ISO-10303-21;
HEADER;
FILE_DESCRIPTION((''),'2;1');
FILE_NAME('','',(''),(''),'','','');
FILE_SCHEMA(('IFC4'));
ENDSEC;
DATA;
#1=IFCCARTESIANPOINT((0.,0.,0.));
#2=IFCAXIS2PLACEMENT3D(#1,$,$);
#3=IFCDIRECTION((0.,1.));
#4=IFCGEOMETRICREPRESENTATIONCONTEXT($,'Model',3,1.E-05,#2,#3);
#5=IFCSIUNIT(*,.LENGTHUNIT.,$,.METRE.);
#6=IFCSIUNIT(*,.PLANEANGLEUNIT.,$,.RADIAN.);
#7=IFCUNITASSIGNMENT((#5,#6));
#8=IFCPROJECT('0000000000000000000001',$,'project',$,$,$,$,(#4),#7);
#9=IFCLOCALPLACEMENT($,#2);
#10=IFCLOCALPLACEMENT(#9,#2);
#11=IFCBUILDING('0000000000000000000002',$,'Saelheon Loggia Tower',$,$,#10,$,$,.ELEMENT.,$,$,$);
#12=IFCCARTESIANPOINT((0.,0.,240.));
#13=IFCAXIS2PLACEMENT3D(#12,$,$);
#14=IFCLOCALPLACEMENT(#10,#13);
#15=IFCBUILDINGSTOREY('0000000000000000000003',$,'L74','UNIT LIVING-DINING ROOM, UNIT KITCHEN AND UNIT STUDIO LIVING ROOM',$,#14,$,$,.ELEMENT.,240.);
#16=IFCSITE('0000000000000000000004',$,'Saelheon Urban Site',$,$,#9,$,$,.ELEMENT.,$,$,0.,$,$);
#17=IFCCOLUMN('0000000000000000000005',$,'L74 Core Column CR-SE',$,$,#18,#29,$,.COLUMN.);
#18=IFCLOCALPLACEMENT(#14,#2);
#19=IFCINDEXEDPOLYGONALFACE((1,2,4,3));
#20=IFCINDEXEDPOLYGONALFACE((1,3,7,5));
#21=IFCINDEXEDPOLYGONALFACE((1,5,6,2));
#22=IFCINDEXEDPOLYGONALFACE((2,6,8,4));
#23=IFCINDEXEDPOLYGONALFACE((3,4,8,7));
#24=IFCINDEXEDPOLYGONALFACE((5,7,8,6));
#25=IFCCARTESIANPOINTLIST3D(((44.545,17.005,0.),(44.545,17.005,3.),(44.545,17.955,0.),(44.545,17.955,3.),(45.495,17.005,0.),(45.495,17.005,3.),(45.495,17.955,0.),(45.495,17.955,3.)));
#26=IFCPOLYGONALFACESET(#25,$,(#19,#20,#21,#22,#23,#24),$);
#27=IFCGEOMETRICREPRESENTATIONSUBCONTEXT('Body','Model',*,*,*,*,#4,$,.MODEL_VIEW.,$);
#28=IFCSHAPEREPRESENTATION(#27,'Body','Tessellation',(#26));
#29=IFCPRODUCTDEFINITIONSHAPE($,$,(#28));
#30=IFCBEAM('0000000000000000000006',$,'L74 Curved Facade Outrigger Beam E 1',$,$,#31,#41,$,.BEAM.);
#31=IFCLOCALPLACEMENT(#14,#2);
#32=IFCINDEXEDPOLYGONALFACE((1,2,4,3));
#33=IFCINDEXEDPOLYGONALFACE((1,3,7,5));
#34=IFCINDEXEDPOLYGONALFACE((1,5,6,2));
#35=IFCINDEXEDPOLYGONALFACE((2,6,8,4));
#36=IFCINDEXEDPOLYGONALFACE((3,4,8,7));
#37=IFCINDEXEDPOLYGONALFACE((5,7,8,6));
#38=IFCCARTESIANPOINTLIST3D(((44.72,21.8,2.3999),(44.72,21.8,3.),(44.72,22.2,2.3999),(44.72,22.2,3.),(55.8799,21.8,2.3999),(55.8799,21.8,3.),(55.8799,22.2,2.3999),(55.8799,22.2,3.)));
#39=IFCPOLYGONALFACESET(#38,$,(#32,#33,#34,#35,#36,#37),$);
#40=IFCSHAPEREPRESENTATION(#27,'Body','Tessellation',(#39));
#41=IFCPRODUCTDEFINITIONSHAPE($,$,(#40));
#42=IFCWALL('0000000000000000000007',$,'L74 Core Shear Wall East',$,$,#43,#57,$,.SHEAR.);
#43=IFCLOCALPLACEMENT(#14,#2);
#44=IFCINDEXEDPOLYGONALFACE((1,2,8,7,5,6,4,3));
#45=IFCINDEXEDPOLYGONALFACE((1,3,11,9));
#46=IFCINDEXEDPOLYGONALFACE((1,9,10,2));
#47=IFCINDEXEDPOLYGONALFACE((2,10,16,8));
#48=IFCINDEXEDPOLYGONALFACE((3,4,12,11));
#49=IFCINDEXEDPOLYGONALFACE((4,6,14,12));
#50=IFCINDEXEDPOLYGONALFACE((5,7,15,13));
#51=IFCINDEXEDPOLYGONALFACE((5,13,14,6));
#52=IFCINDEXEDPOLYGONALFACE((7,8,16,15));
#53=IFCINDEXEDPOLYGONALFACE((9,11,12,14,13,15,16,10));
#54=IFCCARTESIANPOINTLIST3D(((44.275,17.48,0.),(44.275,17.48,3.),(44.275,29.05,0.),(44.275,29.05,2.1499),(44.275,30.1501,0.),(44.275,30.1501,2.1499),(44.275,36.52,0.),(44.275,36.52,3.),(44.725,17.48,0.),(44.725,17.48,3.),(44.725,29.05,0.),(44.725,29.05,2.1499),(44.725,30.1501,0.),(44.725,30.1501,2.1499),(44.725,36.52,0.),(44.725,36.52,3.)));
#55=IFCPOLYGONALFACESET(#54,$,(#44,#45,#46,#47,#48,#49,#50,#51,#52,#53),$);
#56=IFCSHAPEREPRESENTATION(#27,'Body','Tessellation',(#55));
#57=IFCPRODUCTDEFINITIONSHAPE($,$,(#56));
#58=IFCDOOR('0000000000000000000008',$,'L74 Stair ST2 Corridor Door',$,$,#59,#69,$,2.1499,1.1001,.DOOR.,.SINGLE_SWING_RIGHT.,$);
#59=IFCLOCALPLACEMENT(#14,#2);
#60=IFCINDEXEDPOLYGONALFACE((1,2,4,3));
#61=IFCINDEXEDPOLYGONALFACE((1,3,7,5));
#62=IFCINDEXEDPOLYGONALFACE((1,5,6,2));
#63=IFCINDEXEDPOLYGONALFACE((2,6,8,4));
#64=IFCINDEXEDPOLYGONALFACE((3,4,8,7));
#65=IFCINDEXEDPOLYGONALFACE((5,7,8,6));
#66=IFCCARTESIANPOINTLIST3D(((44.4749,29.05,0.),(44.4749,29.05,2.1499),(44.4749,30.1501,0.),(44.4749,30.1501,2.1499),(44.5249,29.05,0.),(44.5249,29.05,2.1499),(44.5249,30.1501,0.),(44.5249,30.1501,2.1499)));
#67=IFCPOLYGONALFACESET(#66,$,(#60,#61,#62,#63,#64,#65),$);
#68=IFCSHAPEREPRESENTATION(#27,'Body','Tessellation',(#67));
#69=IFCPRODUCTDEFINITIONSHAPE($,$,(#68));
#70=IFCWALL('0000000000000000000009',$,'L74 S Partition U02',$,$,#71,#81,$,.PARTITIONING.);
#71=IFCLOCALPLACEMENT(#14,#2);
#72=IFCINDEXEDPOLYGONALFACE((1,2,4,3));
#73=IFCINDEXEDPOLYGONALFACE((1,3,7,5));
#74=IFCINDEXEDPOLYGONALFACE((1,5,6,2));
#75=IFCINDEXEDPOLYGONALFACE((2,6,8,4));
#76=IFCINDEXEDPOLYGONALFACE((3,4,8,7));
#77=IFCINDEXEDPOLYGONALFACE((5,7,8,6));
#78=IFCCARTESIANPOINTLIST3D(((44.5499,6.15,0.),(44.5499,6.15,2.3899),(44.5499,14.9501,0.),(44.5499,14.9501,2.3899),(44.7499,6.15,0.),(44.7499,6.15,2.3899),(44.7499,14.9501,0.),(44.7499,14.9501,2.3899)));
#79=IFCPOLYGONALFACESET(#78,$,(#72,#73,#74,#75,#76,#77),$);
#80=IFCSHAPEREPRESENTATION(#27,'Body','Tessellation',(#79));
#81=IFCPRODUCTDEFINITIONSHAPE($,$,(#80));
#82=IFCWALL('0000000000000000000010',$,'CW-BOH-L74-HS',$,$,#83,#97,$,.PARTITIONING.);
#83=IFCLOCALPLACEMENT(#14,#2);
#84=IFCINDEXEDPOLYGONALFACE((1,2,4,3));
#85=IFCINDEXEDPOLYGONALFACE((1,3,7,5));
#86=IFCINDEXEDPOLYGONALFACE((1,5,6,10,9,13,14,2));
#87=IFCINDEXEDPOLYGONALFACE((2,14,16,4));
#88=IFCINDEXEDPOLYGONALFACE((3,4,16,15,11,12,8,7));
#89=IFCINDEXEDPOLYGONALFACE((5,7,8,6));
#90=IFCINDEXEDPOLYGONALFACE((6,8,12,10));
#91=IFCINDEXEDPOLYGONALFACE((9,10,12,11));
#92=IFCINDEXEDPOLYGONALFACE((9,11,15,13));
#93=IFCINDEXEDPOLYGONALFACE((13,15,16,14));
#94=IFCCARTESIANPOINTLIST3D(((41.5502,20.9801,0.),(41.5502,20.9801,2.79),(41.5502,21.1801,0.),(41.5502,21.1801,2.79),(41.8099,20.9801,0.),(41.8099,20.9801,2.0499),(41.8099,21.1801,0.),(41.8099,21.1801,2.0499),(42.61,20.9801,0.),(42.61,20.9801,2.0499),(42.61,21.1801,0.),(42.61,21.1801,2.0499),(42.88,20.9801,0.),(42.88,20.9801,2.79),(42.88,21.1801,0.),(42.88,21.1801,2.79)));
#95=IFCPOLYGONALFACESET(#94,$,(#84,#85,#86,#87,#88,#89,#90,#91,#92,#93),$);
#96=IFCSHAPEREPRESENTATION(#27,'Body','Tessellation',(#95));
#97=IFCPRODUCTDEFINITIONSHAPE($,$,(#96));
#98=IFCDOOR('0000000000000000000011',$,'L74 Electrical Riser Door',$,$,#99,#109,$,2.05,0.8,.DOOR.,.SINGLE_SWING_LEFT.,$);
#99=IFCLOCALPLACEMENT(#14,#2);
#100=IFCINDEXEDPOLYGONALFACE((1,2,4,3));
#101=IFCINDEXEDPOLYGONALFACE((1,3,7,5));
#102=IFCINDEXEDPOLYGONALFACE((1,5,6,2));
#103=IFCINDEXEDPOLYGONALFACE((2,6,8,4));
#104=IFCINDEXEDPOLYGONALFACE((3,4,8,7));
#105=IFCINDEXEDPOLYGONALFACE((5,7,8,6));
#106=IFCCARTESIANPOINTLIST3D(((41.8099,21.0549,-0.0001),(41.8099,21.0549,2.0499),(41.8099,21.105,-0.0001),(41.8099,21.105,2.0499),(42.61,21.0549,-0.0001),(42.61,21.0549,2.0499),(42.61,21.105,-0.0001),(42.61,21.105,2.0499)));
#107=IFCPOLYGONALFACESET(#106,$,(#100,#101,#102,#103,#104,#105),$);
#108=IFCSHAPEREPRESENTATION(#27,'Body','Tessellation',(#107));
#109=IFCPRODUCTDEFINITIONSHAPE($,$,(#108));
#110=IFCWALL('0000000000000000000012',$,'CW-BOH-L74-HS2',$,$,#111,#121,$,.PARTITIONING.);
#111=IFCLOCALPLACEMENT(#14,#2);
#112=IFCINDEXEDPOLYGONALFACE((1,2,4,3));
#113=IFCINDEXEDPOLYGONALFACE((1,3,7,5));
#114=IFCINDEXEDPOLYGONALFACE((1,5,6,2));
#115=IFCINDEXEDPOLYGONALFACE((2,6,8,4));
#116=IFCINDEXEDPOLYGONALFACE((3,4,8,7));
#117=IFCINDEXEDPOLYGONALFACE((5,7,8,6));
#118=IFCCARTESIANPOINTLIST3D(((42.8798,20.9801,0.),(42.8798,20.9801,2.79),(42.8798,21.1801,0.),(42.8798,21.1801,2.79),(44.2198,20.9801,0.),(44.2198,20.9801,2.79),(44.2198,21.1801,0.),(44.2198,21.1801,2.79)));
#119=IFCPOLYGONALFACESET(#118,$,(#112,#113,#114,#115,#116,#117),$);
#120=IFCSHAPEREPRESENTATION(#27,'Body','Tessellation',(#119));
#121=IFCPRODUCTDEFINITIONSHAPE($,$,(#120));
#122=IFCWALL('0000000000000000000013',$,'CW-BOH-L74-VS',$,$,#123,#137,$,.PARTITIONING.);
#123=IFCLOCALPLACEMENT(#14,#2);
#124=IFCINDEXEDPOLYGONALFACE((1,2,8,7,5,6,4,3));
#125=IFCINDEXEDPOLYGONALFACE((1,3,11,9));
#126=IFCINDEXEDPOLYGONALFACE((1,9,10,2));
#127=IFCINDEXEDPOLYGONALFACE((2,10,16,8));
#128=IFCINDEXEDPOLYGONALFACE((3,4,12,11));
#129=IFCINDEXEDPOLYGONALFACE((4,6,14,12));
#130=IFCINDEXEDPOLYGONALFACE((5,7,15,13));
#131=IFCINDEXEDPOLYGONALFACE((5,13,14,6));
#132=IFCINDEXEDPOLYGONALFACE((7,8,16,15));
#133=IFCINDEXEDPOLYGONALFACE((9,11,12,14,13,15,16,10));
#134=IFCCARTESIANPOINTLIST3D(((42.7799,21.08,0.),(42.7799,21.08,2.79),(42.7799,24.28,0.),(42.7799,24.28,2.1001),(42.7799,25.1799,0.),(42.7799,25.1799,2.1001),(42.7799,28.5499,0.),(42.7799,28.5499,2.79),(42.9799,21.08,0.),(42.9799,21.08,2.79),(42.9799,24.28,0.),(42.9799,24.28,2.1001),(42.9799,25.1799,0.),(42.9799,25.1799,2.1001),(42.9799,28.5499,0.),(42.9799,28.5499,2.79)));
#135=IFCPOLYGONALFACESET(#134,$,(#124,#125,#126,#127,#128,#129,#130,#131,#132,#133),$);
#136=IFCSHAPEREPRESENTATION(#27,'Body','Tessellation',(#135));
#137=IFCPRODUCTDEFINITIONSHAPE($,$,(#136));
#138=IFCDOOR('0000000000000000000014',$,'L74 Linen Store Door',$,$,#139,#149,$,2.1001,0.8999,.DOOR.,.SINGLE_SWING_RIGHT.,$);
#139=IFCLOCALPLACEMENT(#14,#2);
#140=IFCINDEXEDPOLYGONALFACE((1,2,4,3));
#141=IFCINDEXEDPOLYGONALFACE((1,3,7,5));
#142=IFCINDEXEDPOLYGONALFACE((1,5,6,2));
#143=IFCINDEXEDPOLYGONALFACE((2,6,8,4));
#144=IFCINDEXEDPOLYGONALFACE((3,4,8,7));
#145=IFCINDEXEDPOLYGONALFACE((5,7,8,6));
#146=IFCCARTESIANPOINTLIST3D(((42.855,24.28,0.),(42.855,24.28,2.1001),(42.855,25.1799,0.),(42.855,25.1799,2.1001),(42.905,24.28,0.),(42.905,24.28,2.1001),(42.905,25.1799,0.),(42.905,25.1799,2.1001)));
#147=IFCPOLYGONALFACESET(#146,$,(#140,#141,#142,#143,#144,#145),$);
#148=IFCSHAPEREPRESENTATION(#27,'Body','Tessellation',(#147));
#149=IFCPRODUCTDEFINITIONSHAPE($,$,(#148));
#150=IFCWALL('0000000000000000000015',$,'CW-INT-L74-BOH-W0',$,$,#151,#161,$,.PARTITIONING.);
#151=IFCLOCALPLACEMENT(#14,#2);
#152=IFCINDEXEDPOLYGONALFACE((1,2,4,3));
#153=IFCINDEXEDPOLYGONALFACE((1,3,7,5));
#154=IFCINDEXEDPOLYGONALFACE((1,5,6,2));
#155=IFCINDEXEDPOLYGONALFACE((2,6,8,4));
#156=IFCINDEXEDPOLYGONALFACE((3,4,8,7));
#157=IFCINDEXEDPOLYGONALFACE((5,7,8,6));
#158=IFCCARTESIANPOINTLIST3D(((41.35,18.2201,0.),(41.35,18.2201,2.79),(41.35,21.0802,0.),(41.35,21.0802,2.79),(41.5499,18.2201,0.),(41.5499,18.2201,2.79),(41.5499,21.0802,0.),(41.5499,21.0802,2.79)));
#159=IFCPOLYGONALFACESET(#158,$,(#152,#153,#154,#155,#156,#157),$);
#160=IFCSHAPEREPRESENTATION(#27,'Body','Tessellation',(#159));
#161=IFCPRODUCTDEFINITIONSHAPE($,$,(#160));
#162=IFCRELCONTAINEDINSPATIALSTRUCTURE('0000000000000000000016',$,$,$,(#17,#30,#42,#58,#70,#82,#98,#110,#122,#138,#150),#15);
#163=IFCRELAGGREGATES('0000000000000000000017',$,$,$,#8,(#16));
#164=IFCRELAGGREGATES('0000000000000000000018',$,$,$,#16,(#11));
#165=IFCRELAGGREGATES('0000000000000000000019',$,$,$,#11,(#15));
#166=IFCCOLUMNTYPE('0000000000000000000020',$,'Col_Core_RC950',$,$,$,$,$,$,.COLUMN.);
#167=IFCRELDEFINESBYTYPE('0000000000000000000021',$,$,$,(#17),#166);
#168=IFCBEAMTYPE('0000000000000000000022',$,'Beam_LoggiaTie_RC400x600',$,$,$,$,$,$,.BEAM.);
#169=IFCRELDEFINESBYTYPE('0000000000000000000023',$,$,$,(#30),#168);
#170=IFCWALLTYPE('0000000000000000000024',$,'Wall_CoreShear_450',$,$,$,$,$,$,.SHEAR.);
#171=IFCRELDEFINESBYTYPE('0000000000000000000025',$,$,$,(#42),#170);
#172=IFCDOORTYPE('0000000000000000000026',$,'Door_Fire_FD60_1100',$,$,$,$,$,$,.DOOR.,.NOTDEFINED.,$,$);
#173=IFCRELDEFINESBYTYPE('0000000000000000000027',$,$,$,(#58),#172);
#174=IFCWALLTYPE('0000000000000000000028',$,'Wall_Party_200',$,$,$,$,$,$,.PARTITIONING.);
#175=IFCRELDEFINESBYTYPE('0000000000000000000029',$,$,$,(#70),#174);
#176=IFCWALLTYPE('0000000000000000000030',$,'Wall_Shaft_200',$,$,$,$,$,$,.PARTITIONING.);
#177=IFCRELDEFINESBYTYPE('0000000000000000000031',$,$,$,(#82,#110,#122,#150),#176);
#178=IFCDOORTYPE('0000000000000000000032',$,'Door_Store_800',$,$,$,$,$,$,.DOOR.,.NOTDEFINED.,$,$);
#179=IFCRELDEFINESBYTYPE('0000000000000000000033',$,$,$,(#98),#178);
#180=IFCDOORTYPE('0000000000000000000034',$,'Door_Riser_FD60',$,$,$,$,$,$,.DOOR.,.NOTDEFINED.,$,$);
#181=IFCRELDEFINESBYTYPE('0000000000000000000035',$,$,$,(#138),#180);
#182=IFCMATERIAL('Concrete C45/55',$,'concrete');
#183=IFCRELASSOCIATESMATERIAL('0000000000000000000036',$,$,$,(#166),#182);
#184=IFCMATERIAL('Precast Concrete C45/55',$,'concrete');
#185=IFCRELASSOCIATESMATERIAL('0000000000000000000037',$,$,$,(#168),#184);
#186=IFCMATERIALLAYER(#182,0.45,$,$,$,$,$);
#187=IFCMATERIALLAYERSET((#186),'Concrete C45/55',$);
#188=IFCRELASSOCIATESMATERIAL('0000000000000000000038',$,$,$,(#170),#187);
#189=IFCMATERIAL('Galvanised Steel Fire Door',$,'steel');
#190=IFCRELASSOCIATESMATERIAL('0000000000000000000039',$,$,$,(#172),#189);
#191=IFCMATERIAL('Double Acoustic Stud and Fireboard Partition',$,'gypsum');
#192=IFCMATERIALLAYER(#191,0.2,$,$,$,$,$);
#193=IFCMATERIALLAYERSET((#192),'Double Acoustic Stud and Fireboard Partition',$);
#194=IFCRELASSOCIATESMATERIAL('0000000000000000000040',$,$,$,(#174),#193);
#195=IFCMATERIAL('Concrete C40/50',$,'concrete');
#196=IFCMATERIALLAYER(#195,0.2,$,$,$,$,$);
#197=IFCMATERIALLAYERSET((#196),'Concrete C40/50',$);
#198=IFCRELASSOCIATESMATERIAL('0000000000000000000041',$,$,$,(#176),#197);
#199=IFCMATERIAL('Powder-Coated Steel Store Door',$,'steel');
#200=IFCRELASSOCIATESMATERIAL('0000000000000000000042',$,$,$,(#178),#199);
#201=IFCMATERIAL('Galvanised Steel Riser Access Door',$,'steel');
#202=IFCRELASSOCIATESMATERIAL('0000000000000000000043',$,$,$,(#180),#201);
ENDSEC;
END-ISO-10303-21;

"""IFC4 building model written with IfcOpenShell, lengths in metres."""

from ifc_helpers import new_model, si_unit, direction, frame, frame_2d, origin, origin_2d, place, context, subcontext, project, spatial, rectangle, extrude, source, transform, mapped, material, layer, layer_set, material_profile, profile_set, type_object, element, fill, save


model = new_model("IFC4")

# Units and contexts
model_context = context("Model", 3, precision=1e-05, world=origin(), true_north=direction((0.0, 1.0)))
body_context = subcontext(model_context, "Body", "Model", "MODEL_VIEW")
ifc_project = project(units=[si_unit("LENGTHUNIT", "METRE"), si_unit("PLANEANGLEUNIT", "RADIAN")], contexts=[model_context])

# Site, building, storey
site_placement = place(None, origin())
site = spatial("IfcSite", under=ifc_project, at=site_placement, Name="Saelheon Urban Site", CompositionType="ELEMENT", RefElevation=0.0)
building_placement = place(site_placement, origin())
building = spatial("IfcBuilding", under=site, at=building_placement, Name="Saelheon Loggia Tower", CompositionType="ELEMENT")
storey_placement = place(building_placement, frame((0.0, 0.0, 240.0)))
storey = spatial("IfcBuildingStorey", under=building, at=storey_placement, Name="L74", Description="UNIT LIVING-DINING ROOM, UNIT KITCHEN AND UNIT STUDIO LIVING ROOM", CompositionType="ELEMENT", Elevation=240.0)

# Column
ifc_material_1 = material(Name="Concrete C45/55", Category="concrete")
ifc_material_profile_1 = material_profile(ifc_material_1, rectangle(XDim=0.95, YDim=0.95, at=origin_2d()), Name="RC-950x950")
ifc_profile_set_1 = profile_set([ifc_material_profile_1], Name="Concrete C45/55")
column_type = type_object("IfcColumnType", Name="Col_Core_RC950", PredefinedType="COLUMN", material=ifc_profile_set_1)
shared_shape_1 = source(origin(), body_context, "Body", "SweptSolid", [
    extrude(rectangle(XDim=0.95, YDim=0.95, at=origin_2d()), origin(), (0.0, 0.0, 1.0), 3.0),
])
column_placement = place(storey_placement, frame((45.02, 17.48, 0.0), z_axis=(0.0, 0.0, 1.0), x_axis=(1.0, 0.0, 0.0)))
element("IfcColumn", 1, at=column_placement, inside=storey, type_object=column_type, Name="L74 Core Column CR-SE", PredefinedType="COLUMN", context=body_context, shape_type="MappedRepresentation", body=[
    mapped(shared_shape_1, transform((0.0, 0.0, 0.0), scale=1.0)),
])

# Beam
ifc_material_2 = material(Name="Precast Concrete C45/55", Category="concrete")
ifc_material_profile_2 = material_profile(ifc_material_2, rectangle(XDim=0.3999, YDim=0.6001, at=origin_2d()), Name="RC-400x600")
ifc_profile_set_2 = profile_set([ifc_material_profile_2], Name="Precast Concrete C45/55")
beam_type = type_object("IfcBeamType", Name="Beam_LoggiaTie_RC400x600", PredefinedType="BEAM", material=ifc_profile_set_2)
shared_shape_2 = source(origin(), body_context, "Body", "SweptSolid", [
    extrude(rectangle(XDim=0.3999, YDim=0.6001, at=origin_2d()), origin(), (0.0, 0.0, 1.0), 11.1599),
])
beam_placement = place(storey_placement, frame((44.72, 22.0, 2.7), z_axis=(1.0, 0.0, 0.0), x_axis=(0.0, 1.0, 0.0)))
element("IfcBeam", 2, at=beam_placement, inside=storey, type_object=beam_type, Name="L74 Curved Facade Outrigger Beam E 1", PredefinedType="BEAM", context=body_context, shape_type="MappedRepresentation", body=[
    mapped(shared_shape_2, transform((0.0, 0.0, 0.0), scale=1.0)),
])

# Wall, opening, door
ifc_layer_1 = layer(ifc_material_1, 0.45)
ifc_layer_set_1 = layer_set([ifc_layer_1], Name="Concrete C45/55")
wall_type_1 = type_object("IfcWallType", Name="Wall_CoreShear_450", PredefinedType="SHEAR", material=ifc_layer_set_1)
wall_1_placement = place(storey_placement, frame((44.5, 17.48, 0.0), z_axis=(0.0, 0.0, 1.0), x_axis=(0.0, 1.0, 0.0)))
wall_1 = element("IfcWall", 3, at=wall_1_placement, inside=storey, type_object=wall_type_1, Name="L74 Core Shear Wall East", PredefinedType="SHEAR", context=body_context, shape_type="SweptSolid", body=[
    extrude(rectangle(XDim=19.04, YDim=0.45, at=frame_2d((9.52, 0.0))), origin(), (0.0, 0.0, 1.0), 3.0),
])
opening_1_placement = place(wall_1_placement, frame((12.6702, 0.0, 0.0), z_axis=(0.0, 0.0, 1.0), x_axis=(-1.0, 0.0, 0.0)))
opening_1 = element("IfcOpeningElement", 4, at=opening_1_placement, cuts=wall_1, PredefinedType="OPENING", context=body_context, shape_type="SweptSolid", body=[
    extrude(rectangle(XDim=1.1001, YDim=2.1499, at=frame_2d((0.55, 1.075))), frame((0.0, 0.2371, 0.0), z_axis=(0.0, -1.0, 0.0), x_axis=(1.0, 0.0, 0.0)), (0.0, 0.0, 1.0), 0.4739),
])
ifc_material_3 = material(Name="Galvanised Steel Fire Door", Category="steel")
door_type_1 = type_object("IfcDoorType", Name="Door_Fire_FD60_1100", OperationType="NOTDEFINED", PredefinedType="DOOR", material=ifc_material_3)
shared_shape_3 = source(origin(), body_context, "Body", "SweptSolid", [
    extrude(rectangle(XDim=1.1001, YDim=2.1499, at=frame_2d((0.55, 1.075))), frame((0.0, 0.0249, 0.0), z_axis=(0.0, -1.0, 0.0), x_axis=(1.0, 0.0, 0.0)), (0.0, 0.0, 1.0), 0.05),
])
door_1_placement = place(opening_1_placement, origin())
door_1 = element("IfcDoor", 5, at=door_1_placement, inside=storey, type_object=door_type_1, Name="L74 Stair ST2 Corridor Door", OperationType="SINGLE_SWING_RIGHT", OverallHeight=2.1499, OverallWidth=1.1001, PredefinedType="DOOR", context=body_context, shape_type="MappedRepresentation", body=[
    mapped(shared_shape_3, transform((0.0, 0.0, 0.0), scale=1.0)),
])
fill(opening_1, door_1)

# Wall
ifc_material_4 = material(Name="Double Acoustic Stud and Fireboard Partition", Category="gypsum")
ifc_layer_2 = layer(ifc_material_4, 0.2)
ifc_layer_set_2 = layer_set([ifc_layer_2], Name="Double Acoustic Stud and Fireboard Partition")
wall_type_2 = type_object("IfcWallType", Name="Wall_Party_200", PredefinedType="PARTITIONING", material=ifc_layer_set_2)
wall_2_placement = place(storey_placement, frame((44.6499, 14.95, 0.0), z_axis=(0.0, 0.0, 1.0), x_axis=(0.0, -1.0, 0.0)))
element("IfcWall", 6, at=wall_2_placement, inside=storey, type_object=wall_type_2, Name="L74 S Partition U02", PredefinedType="PARTITIONING", context=body_context, shape_type="SweptSolid", body=[
    extrude(rectangle(XDim=8.8, YDim=0.2, at=frame_2d((4.3999, 0.0))), origin(), (0.0, 0.0, 1.0), 2.3899),
])

# Wall, opening, door
ifc_material_5 = material(Name="Concrete C40/50", Category="concrete")
ifc_layer_3 = layer(ifc_material_5, 0.2)
ifc_layer_set_3 = layer_set([ifc_layer_3], Name="Concrete C40/50")
wall_type_3 = type_object("IfcWallType", Name="Wall_Shaft_200", PredefinedType="PARTITIONING", material=ifc_layer_set_3)
wall_3_placement = place(storey_placement, frame((41.55, 21.0801, 0.0), z_axis=(0.0, 0.0, 1.0), x_axis=(1.0, 0.0, 0.0)))
wall_3 = element("IfcWall", 7, at=wall_3_placement, inside=storey, type_object=wall_type_3, Name="CW-BOH-L74-HS", PredefinedType="PARTITIONING", context=body_context, shape_type="SweptSolid", body=[
    extrude(rectangle(XDim=1.3298, YDim=0.2, at=frame_2d((0.665, 0.0))), origin(), (0.0, 0.0, 1.0), 2.79),
])
opening_2_placement = place(wall_3_placement, frame((0.26, 0.0, 0.0)))
opening_2 = element("IfcOpeningElement", 8, at=opening_2_placement, cuts=wall_3, PredefinedType="OPENING", context=body_context, shape_type="SweptSolid", body=[
    extrude(rectangle(XDim=0.8, YDim=2.05, at=frame_2d((0.3999, 1.0249))), frame((0.0, 0.1121, 0.0), z_axis=(0.0, -1.0, 0.0), x_axis=(1.0, 0.0, 0.0)), (0.0, 0.0, 1.0), 0.2239),
])
ifc_material_6 = material(Name="Powder-Coated Steel Store Door", Category="steel")
door_type_2 = type_object("IfcDoorType", Name="Door_Store_800", OperationType="NOTDEFINED", PredefinedType="DOOR", material=ifc_material_6)
shared_shape_4 = source(origin(), body_context, "Body", "SweptSolid", [
    extrude(rectangle(XDim=0.8, YDim=2.05, at=frame_2d((0.3999, 1.0249))), frame((0.0, 0.0249, 0.0), z_axis=(0.0, -1.0, 0.0), x_axis=(1.0, 0.0, 0.0)), (0.0, 0.0, 1.0), 0.05),
])
door_2_placement = place(opening_2_placement, origin())
door_2 = element("IfcDoor", 9, at=door_2_placement, inside=storey, type_object=door_type_2, Name="L74 Electrical Riser Door", OperationType="SINGLE_SWING_LEFT", OverallHeight=2.05, OverallWidth=0.8, PredefinedType="DOOR", context=body_context, shape_type="MappedRepresentation", body=[
    mapped(shared_shape_4, transform((0.0, 0.0, 0.0), scale=1.0)),
])
fill(opening_2, door_2)

# Wall
wall_4_placement = place(storey_placement, frame((42.8799, 21.0801, 0.0), z_axis=(0.0, 0.0, 1.0), x_axis=(1.0, 0.0, 0.0)))
element("IfcWall", 10, at=wall_4_placement, inside=storey, type_object=wall_type_3, Name="CW-BOH-L74-HS2", PredefinedType="PARTITIONING", context=body_context, shape_type="SweptSolid", body=[
    extrude(rectangle(XDim=1.3401, YDim=0.2, at=frame_2d((0.6699, 0.0))), origin(), (0.0, 0.0, 1.0), 2.79),
])

# Wall, opening, door
wall_5_placement = place(storey_placement, frame((42.8799, 21.0801, 0.0), z_axis=(0.0, 0.0, 1.0), x_axis=(0.0, 1.0, 0.0)))
wall_5 = element("IfcWall", 11, at=wall_5_placement, inside=storey, type_object=wall_type_3, Name="CW-BOH-L74-VS", PredefinedType="PARTITIONING", context=body_context, shape_type="SweptSolid", body=[
    extrude(rectangle(XDim=7.47, YDim=0.2, at=frame_2d((3.7349, 0.0))), origin(), (0.0, 0.0, 1.0), 2.79),
])
opening_3_placement = place(wall_5_placement, frame((3.2, 0.0, 0.0)))
opening_3 = element("IfcOpeningElement", 12, at=opening_3_placement, cuts=wall_5, PredefinedType="OPENING", context=body_context, shape_type="SweptSolid", body=[
    extrude(rectangle(XDim=0.8999, YDim=2.1001, at=frame_2d((0.45, 1.05))), frame((0.0, 0.1121, 0.0), z_axis=(0.0, -1.0, 0.0), x_axis=(1.0, 0.0, 0.0)), (0.0, 0.0, 1.0), 0.2239),
])
ifc_material_7 = material(Name="Galvanised Steel Riser Access Door", Category="steel")
door_type_3 = type_object("IfcDoorType", Name="Door_Riser_FD60", OperationType="NOTDEFINED", PredefinedType="DOOR", material=ifc_material_7)
shared_shape_5 = source(origin(), body_context, "Body", "SweptSolid", [
    extrude(rectangle(XDim=0.8999, YDim=2.1001, at=frame_2d((0.45, 1.05))), frame((0.0, 0.0249, 0.0), z_axis=(0.0, -1.0, 0.0), x_axis=(1.0, 0.0, 0.0)), (0.0, 0.0, 1.0), 0.05),
])
door_3_placement = place(opening_3_placement, origin())
door_3 = element("IfcDoor", 13, at=door_3_placement, inside=storey, type_object=door_type_3, Name="L74 Linen Store Door", OperationType="SINGLE_SWING_RIGHT", OverallHeight=2.1001, OverallWidth=0.8999, PredefinedType="DOOR", context=body_context, shape_type="MappedRepresentation", body=[
    mapped(shared_shape_5, transform((0.0, 0.0, 0.0), scale=1.0)),
])
fill(opening_3, door_3)

# Wall
wall_6_placement = place(storey_placement, frame((41.45, 18.22, 0.0), z_axis=(0.0, 0.0, 1.0), x_axis=(0.0, 1.0, 0.0)))
element("IfcWall", 14, at=wall_6_placement, inside=storey, type_object=wall_type_3, Name="CW-INT-L74-BOH-W0", PredefinedType="PARTITIONING", context=body_context, shape_type="SweptSolid", body=[
    extrude(rectangle(XDim=2.8601, YDim=0.2, at=frame_2d((1.4302, 0.0))), origin(), (0.0, 0.0, 1.0), 2.79),
])

save(model, "model.ifc")
